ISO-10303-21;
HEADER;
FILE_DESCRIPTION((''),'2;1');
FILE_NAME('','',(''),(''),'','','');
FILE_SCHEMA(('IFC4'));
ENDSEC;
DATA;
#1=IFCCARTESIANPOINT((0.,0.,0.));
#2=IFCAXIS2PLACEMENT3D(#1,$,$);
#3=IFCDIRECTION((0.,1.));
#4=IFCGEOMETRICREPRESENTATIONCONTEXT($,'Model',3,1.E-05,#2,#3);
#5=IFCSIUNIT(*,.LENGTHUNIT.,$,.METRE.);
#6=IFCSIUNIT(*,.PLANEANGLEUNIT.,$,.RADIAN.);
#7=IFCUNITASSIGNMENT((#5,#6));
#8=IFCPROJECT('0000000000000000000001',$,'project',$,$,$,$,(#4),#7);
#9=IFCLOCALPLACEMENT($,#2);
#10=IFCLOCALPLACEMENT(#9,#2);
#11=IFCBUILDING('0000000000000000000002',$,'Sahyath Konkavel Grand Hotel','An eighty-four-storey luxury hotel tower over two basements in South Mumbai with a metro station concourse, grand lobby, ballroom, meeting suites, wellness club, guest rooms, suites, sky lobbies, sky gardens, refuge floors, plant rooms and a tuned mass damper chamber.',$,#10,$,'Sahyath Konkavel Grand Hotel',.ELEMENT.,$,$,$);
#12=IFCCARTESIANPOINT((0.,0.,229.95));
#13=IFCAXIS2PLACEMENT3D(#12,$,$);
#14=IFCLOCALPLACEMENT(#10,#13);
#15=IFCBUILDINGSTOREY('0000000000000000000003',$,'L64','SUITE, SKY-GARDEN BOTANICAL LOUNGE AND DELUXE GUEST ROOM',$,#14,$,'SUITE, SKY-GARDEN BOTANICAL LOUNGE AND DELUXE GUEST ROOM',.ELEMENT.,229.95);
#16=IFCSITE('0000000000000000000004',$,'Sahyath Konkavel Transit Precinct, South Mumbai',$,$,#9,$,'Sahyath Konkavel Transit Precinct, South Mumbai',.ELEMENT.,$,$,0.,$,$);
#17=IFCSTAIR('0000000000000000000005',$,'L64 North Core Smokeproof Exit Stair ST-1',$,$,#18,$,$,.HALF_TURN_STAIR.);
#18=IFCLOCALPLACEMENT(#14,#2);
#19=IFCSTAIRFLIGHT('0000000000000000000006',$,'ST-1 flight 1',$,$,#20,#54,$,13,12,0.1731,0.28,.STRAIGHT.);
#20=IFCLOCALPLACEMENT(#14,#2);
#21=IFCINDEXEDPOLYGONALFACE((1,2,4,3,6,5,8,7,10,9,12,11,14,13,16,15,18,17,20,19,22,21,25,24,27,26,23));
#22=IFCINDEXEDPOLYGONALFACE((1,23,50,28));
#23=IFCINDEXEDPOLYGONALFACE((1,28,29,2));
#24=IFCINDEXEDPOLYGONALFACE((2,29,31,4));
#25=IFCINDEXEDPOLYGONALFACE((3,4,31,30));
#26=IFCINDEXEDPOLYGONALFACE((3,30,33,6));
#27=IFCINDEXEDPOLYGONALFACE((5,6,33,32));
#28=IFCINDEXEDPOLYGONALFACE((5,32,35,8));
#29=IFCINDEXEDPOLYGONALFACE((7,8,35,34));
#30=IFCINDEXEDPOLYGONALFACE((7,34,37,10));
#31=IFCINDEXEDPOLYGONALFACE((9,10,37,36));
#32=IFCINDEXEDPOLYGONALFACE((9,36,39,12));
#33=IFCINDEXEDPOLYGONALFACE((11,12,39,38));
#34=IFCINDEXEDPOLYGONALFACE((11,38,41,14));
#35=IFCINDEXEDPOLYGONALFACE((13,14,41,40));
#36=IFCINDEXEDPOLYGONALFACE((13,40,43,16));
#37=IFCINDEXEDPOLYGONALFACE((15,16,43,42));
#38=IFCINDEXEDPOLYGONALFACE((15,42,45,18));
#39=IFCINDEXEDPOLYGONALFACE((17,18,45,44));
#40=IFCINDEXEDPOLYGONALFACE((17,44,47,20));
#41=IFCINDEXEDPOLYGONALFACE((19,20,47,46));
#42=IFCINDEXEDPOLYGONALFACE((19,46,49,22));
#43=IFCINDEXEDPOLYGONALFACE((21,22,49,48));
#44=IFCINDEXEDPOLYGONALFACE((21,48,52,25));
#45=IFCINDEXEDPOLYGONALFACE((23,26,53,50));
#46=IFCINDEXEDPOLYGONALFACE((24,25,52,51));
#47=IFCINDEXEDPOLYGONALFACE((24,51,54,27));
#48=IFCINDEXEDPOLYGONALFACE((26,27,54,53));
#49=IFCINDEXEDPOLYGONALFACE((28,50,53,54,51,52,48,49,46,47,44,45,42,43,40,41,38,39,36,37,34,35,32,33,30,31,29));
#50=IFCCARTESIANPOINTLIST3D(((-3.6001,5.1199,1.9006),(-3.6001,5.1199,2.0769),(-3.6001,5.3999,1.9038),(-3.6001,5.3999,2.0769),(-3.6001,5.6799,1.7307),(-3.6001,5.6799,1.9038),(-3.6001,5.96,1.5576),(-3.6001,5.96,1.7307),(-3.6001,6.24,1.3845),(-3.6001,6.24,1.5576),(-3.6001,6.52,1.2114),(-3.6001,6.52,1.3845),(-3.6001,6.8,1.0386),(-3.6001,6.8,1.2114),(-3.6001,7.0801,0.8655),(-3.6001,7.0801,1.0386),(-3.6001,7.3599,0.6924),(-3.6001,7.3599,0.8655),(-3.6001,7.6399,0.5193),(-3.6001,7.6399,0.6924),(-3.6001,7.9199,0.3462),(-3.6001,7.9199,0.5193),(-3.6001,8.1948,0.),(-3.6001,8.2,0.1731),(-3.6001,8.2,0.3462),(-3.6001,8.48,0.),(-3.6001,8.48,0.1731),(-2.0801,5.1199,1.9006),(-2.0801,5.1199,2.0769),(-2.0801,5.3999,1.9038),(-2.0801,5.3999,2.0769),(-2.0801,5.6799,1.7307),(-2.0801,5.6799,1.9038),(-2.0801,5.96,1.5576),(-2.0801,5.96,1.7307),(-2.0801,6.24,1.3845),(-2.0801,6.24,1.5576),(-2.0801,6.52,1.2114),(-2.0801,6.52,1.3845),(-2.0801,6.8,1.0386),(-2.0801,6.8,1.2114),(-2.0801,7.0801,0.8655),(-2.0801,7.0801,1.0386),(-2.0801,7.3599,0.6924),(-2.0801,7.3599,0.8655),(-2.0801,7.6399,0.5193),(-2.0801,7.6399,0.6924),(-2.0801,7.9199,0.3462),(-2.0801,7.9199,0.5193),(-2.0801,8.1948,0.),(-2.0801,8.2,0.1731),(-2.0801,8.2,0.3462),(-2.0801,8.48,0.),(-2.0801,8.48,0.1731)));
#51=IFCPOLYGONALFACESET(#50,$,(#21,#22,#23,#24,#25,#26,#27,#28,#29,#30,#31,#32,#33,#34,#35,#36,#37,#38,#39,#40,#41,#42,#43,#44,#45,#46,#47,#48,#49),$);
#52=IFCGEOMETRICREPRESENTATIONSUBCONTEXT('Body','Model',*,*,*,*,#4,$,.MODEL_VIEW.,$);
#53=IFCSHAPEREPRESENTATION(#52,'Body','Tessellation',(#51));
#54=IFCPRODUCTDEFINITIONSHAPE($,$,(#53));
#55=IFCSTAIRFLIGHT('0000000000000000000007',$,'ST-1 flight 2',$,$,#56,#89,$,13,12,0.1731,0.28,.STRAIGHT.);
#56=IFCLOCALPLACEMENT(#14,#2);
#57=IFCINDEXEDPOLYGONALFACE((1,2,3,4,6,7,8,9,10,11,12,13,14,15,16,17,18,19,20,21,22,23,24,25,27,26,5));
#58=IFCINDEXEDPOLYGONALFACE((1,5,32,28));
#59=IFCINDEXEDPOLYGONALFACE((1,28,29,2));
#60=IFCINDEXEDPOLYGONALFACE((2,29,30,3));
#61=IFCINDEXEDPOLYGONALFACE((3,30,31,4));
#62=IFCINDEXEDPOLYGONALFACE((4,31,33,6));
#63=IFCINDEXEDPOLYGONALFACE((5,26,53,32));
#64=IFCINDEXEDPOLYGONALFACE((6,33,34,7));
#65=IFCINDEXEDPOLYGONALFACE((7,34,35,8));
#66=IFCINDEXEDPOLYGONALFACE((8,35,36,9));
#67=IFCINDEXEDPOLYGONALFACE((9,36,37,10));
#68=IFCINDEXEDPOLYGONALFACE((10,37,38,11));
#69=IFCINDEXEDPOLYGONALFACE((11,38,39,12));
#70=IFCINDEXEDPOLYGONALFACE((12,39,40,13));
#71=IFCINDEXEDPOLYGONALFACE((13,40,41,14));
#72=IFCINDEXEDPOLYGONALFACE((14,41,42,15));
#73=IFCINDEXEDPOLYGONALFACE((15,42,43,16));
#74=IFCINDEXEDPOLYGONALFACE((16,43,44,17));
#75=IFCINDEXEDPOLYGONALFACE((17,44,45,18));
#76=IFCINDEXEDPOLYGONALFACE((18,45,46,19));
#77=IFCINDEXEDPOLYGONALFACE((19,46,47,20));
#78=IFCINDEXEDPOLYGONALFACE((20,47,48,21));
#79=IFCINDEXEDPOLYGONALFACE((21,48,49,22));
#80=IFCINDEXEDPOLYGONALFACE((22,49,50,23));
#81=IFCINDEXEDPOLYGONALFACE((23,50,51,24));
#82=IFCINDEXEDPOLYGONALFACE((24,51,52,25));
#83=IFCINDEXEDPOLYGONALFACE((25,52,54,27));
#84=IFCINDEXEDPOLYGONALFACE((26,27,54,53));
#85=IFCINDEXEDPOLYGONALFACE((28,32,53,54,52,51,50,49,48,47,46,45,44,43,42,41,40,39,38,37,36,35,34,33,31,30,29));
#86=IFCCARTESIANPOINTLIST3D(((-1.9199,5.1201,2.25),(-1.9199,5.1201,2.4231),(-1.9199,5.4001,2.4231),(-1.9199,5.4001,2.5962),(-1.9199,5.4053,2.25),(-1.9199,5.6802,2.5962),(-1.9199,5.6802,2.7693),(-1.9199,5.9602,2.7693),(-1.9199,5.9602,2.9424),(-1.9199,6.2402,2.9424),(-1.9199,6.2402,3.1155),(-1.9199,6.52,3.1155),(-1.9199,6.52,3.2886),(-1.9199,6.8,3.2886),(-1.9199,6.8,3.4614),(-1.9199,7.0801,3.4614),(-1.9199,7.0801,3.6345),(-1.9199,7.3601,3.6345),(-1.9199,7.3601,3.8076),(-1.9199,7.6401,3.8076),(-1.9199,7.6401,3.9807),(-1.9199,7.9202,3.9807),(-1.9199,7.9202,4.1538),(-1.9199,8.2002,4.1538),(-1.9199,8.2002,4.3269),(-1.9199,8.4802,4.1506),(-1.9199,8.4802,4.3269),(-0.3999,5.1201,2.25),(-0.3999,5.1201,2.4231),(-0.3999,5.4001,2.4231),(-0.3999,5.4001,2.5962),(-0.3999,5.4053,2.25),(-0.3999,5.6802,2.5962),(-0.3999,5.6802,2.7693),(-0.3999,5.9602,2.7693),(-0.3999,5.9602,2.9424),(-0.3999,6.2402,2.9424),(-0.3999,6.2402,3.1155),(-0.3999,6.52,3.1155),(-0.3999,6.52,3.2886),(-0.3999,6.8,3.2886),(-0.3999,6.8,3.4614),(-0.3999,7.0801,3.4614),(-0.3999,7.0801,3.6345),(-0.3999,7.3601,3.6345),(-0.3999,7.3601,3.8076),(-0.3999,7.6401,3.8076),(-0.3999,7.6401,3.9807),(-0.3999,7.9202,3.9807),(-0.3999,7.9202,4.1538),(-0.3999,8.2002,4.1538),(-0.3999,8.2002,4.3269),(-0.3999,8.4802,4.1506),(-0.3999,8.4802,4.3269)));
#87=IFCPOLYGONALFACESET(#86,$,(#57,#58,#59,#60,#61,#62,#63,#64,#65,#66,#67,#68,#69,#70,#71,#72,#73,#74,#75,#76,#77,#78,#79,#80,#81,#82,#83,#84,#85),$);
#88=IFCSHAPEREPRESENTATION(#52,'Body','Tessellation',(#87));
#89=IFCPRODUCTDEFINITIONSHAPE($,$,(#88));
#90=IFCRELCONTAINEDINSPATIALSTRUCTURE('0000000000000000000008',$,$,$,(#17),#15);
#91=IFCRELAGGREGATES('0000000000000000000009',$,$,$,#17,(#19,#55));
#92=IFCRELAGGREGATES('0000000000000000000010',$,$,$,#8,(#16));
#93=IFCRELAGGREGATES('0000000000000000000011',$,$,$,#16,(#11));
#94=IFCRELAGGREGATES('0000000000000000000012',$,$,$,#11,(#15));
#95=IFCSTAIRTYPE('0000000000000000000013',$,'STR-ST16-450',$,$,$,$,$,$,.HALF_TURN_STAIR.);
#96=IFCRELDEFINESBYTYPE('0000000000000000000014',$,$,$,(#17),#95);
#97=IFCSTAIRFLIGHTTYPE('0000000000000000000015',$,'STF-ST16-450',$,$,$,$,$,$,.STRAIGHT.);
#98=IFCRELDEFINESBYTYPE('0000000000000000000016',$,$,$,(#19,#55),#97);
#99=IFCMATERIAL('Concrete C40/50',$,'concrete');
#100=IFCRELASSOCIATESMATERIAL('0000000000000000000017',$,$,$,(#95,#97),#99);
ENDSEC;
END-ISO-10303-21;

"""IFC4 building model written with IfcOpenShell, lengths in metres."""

from ifc_helpers import new_model, si_unit, direction, frame, origin, place, context, subcontext, project, spatial, polyline, outline, extrude, material, type_object, element, aggregate, save


model = new_model("IFC4")

# Units and contexts
model_context = context("Model", 3, precision=1e-05, world=origin(), true_north=direction((0.0, 1.0)))
body_context = subcontext(model_context, "Body", "Model", "MODEL_VIEW")
ifc_project = project(units=[si_unit("LENGTHUNIT", "METRE"), si_unit("PLANEANGLEUNIT", "RADIAN")], contexts=[model_context])

# Site, building, storey
site_placement = place(None, origin())
site = spatial("IfcSite", under=ifc_project, at=site_placement, Name="Sahyath Konkavel Transit Precinct, South Mumbai", LongName="Sahyath Konkavel Transit Precinct, South Mumbai", CompositionType="ELEMENT", RefElevation=0.0)
building_placement = place(site_placement, origin())
building = spatial("IfcBuilding", under=site, at=building_placement, Name="Sahyath Konkavel Grand Hotel", Description="An eighty-four-storey luxury hotel tower over two basements in South Mumbai with a metro station concourse, grand lobby, ballroom, meeting suites, wellness club, guest rooms, suites, sky lobbies, sky gardens, refuge floors, plant rooms and a tuned mass damper chamber.", LongName="Sahyath Konkavel Grand Hotel", CompositionType="ELEMENT")
storey_placement = place(building_placement, frame((0.0, 0.0, 229.95)))
storey = spatial("IfcBuildingStorey", under=building, at=storey_placement, Name="L64", Description="SUITE, SKY-GARDEN BOTANICAL LOUNGE AND DELUXE GUEST ROOM", LongName="SUITE, SKY-GARDEN BOTANICAL LOUNGE AND DELUXE GUEST ROOM", CompositionType="ELEMENT", Elevation=229.95)

# Shared definitions
ifc_material_1 = material(Name="Concrete C40/50", Category="concrete")

# Stair, stair flights
stair_type = type_object("IfcStairType", Name="STR-ST16-450", PredefinedType="HALF_TURN_STAIR", material=ifc_material_1)
stair_placement = place(storey_placement, origin())
stair = element("IfcStair", 1, at=stair_placement, inside=storey, type_object=stair_type, Name="L64 North Core Smokeproof Exit Stair ST-1", PredefinedType="HALF_TURN_STAIR")
stair_flight_type = type_object("IfcStairFlightType", Name="STF-ST16-450", PredefinedType="STRAIGHT", material=ifc_material_1)
stair_flight_1_placement = place(storey_placement, frame((-2.8401, 8.48, 0.0), z_axis=(0.0, 0.0, 1.0), x_axis=(0.0, -1.0, 0.0)))
stair_flight_1 = element("IfcStairFlight", 2, at=stair_flight_1_placement, type_object=stair_flight_type, Name="ST-1 flight 1", NumberOfRisers=13, NumberOfTreads=12, PredefinedType="STRAIGHT", RiserHeight=0.1731, TreadLength=0.28, context=body_context, shape_type="SweptSolid", body=[
    extrude(outline(polyline([(0.0, 0.0), (0.0, 0.1731), (0.28, 0.1731), (0.28, 0.3462), (0.5601, 0.3462), (0.5601, 0.5193), (0.8401, 0.5193), (0.8401, 0.6924), (1.1201, 0.6924), (1.1201, 0.8655), (1.3999, 0.8655), (1.3999, 1.0386), (1.6799, 1.0386), (1.6799, 1.2114), (1.96, 1.2114), (1.96, 1.3845), (2.24, 1.3845), (2.24, 1.5576), (2.52, 1.5576), (2.52, 1.7307), (2.8, 1.7307), (2.8, 1.9038), (3.0801, 1.9038), (3.0801, 2.0769), (3.3601, 2.0769), (3.3601, 2.25), (3.3601, 1.9006), (0.2852, 0.0), (0.0, 0.0)])), frame((0.0, 0.76, 0.0), z_axis=(0.0, -1.0, 0.0), x_axis=(1.0, 0.0, 0.0)), (0.0, 0.0, 1.0), 1.52),
])
stair_flight_2_placement = place(storey_placement, frame((-1.1599, 5.1201, 2.25), z_axis=(0.0, 0.0, 1.0), x_axis=(0.0, 1.0, 0.0)))
stair_flight_2 = element("IfcStairFlight", 3, at=stair_flight_2_placement, type_object=stair_flight_type, Name="ST-1 flight 2", NumberOfRisers=13, NumberOfTreads=12, PredefinedType="STRAIGHT", RiserHeight=0.1731, TreadLength=0.28, context=body_context, shape_type="SweptSolid", body=[
    extrude(outline(polyline([(0.0, 0.0), (0.0, 0.1731), (0.28, 0.1731), (0.28, 0.3462), (0.5601, 0.3462), (0.5601, 0.5193), (0.8401, 0.5193), (0.8401, 0.6924), (1.1201, 0.6924), (1.1201, 0.8655), (1.3999, 0.8655), (1.3999, 1.0386), (1.6799, 1.0386), (1.6799, 1.2114), (1.96, 1.2114), (1.96, 1.3845), (2.24, 1.3845), (2.24, 1.5576), (2.52, 1.5576), (2.52, 1.7307), (2.8, 1.7307), (2.8, 1.9038), (3.0801, 1.9038), (3.0801, 2.0769), (3.3601, 2.0769), (3.3601, 2.25), (3.3601, 1.9006), (0.2852, 0.0), (0.0, 0.0)])), frame((0.0, 0.76, 0.0), z_axis=(0.0, -1.0, 0.0), x_axis=(1.0, 0.0, 0.0)), (0.0, 0.0, 1.0), 1.52),
])
aggregate(stair, [stair_flight_1, stair_flight_2])

save(model, "model.ifc")
